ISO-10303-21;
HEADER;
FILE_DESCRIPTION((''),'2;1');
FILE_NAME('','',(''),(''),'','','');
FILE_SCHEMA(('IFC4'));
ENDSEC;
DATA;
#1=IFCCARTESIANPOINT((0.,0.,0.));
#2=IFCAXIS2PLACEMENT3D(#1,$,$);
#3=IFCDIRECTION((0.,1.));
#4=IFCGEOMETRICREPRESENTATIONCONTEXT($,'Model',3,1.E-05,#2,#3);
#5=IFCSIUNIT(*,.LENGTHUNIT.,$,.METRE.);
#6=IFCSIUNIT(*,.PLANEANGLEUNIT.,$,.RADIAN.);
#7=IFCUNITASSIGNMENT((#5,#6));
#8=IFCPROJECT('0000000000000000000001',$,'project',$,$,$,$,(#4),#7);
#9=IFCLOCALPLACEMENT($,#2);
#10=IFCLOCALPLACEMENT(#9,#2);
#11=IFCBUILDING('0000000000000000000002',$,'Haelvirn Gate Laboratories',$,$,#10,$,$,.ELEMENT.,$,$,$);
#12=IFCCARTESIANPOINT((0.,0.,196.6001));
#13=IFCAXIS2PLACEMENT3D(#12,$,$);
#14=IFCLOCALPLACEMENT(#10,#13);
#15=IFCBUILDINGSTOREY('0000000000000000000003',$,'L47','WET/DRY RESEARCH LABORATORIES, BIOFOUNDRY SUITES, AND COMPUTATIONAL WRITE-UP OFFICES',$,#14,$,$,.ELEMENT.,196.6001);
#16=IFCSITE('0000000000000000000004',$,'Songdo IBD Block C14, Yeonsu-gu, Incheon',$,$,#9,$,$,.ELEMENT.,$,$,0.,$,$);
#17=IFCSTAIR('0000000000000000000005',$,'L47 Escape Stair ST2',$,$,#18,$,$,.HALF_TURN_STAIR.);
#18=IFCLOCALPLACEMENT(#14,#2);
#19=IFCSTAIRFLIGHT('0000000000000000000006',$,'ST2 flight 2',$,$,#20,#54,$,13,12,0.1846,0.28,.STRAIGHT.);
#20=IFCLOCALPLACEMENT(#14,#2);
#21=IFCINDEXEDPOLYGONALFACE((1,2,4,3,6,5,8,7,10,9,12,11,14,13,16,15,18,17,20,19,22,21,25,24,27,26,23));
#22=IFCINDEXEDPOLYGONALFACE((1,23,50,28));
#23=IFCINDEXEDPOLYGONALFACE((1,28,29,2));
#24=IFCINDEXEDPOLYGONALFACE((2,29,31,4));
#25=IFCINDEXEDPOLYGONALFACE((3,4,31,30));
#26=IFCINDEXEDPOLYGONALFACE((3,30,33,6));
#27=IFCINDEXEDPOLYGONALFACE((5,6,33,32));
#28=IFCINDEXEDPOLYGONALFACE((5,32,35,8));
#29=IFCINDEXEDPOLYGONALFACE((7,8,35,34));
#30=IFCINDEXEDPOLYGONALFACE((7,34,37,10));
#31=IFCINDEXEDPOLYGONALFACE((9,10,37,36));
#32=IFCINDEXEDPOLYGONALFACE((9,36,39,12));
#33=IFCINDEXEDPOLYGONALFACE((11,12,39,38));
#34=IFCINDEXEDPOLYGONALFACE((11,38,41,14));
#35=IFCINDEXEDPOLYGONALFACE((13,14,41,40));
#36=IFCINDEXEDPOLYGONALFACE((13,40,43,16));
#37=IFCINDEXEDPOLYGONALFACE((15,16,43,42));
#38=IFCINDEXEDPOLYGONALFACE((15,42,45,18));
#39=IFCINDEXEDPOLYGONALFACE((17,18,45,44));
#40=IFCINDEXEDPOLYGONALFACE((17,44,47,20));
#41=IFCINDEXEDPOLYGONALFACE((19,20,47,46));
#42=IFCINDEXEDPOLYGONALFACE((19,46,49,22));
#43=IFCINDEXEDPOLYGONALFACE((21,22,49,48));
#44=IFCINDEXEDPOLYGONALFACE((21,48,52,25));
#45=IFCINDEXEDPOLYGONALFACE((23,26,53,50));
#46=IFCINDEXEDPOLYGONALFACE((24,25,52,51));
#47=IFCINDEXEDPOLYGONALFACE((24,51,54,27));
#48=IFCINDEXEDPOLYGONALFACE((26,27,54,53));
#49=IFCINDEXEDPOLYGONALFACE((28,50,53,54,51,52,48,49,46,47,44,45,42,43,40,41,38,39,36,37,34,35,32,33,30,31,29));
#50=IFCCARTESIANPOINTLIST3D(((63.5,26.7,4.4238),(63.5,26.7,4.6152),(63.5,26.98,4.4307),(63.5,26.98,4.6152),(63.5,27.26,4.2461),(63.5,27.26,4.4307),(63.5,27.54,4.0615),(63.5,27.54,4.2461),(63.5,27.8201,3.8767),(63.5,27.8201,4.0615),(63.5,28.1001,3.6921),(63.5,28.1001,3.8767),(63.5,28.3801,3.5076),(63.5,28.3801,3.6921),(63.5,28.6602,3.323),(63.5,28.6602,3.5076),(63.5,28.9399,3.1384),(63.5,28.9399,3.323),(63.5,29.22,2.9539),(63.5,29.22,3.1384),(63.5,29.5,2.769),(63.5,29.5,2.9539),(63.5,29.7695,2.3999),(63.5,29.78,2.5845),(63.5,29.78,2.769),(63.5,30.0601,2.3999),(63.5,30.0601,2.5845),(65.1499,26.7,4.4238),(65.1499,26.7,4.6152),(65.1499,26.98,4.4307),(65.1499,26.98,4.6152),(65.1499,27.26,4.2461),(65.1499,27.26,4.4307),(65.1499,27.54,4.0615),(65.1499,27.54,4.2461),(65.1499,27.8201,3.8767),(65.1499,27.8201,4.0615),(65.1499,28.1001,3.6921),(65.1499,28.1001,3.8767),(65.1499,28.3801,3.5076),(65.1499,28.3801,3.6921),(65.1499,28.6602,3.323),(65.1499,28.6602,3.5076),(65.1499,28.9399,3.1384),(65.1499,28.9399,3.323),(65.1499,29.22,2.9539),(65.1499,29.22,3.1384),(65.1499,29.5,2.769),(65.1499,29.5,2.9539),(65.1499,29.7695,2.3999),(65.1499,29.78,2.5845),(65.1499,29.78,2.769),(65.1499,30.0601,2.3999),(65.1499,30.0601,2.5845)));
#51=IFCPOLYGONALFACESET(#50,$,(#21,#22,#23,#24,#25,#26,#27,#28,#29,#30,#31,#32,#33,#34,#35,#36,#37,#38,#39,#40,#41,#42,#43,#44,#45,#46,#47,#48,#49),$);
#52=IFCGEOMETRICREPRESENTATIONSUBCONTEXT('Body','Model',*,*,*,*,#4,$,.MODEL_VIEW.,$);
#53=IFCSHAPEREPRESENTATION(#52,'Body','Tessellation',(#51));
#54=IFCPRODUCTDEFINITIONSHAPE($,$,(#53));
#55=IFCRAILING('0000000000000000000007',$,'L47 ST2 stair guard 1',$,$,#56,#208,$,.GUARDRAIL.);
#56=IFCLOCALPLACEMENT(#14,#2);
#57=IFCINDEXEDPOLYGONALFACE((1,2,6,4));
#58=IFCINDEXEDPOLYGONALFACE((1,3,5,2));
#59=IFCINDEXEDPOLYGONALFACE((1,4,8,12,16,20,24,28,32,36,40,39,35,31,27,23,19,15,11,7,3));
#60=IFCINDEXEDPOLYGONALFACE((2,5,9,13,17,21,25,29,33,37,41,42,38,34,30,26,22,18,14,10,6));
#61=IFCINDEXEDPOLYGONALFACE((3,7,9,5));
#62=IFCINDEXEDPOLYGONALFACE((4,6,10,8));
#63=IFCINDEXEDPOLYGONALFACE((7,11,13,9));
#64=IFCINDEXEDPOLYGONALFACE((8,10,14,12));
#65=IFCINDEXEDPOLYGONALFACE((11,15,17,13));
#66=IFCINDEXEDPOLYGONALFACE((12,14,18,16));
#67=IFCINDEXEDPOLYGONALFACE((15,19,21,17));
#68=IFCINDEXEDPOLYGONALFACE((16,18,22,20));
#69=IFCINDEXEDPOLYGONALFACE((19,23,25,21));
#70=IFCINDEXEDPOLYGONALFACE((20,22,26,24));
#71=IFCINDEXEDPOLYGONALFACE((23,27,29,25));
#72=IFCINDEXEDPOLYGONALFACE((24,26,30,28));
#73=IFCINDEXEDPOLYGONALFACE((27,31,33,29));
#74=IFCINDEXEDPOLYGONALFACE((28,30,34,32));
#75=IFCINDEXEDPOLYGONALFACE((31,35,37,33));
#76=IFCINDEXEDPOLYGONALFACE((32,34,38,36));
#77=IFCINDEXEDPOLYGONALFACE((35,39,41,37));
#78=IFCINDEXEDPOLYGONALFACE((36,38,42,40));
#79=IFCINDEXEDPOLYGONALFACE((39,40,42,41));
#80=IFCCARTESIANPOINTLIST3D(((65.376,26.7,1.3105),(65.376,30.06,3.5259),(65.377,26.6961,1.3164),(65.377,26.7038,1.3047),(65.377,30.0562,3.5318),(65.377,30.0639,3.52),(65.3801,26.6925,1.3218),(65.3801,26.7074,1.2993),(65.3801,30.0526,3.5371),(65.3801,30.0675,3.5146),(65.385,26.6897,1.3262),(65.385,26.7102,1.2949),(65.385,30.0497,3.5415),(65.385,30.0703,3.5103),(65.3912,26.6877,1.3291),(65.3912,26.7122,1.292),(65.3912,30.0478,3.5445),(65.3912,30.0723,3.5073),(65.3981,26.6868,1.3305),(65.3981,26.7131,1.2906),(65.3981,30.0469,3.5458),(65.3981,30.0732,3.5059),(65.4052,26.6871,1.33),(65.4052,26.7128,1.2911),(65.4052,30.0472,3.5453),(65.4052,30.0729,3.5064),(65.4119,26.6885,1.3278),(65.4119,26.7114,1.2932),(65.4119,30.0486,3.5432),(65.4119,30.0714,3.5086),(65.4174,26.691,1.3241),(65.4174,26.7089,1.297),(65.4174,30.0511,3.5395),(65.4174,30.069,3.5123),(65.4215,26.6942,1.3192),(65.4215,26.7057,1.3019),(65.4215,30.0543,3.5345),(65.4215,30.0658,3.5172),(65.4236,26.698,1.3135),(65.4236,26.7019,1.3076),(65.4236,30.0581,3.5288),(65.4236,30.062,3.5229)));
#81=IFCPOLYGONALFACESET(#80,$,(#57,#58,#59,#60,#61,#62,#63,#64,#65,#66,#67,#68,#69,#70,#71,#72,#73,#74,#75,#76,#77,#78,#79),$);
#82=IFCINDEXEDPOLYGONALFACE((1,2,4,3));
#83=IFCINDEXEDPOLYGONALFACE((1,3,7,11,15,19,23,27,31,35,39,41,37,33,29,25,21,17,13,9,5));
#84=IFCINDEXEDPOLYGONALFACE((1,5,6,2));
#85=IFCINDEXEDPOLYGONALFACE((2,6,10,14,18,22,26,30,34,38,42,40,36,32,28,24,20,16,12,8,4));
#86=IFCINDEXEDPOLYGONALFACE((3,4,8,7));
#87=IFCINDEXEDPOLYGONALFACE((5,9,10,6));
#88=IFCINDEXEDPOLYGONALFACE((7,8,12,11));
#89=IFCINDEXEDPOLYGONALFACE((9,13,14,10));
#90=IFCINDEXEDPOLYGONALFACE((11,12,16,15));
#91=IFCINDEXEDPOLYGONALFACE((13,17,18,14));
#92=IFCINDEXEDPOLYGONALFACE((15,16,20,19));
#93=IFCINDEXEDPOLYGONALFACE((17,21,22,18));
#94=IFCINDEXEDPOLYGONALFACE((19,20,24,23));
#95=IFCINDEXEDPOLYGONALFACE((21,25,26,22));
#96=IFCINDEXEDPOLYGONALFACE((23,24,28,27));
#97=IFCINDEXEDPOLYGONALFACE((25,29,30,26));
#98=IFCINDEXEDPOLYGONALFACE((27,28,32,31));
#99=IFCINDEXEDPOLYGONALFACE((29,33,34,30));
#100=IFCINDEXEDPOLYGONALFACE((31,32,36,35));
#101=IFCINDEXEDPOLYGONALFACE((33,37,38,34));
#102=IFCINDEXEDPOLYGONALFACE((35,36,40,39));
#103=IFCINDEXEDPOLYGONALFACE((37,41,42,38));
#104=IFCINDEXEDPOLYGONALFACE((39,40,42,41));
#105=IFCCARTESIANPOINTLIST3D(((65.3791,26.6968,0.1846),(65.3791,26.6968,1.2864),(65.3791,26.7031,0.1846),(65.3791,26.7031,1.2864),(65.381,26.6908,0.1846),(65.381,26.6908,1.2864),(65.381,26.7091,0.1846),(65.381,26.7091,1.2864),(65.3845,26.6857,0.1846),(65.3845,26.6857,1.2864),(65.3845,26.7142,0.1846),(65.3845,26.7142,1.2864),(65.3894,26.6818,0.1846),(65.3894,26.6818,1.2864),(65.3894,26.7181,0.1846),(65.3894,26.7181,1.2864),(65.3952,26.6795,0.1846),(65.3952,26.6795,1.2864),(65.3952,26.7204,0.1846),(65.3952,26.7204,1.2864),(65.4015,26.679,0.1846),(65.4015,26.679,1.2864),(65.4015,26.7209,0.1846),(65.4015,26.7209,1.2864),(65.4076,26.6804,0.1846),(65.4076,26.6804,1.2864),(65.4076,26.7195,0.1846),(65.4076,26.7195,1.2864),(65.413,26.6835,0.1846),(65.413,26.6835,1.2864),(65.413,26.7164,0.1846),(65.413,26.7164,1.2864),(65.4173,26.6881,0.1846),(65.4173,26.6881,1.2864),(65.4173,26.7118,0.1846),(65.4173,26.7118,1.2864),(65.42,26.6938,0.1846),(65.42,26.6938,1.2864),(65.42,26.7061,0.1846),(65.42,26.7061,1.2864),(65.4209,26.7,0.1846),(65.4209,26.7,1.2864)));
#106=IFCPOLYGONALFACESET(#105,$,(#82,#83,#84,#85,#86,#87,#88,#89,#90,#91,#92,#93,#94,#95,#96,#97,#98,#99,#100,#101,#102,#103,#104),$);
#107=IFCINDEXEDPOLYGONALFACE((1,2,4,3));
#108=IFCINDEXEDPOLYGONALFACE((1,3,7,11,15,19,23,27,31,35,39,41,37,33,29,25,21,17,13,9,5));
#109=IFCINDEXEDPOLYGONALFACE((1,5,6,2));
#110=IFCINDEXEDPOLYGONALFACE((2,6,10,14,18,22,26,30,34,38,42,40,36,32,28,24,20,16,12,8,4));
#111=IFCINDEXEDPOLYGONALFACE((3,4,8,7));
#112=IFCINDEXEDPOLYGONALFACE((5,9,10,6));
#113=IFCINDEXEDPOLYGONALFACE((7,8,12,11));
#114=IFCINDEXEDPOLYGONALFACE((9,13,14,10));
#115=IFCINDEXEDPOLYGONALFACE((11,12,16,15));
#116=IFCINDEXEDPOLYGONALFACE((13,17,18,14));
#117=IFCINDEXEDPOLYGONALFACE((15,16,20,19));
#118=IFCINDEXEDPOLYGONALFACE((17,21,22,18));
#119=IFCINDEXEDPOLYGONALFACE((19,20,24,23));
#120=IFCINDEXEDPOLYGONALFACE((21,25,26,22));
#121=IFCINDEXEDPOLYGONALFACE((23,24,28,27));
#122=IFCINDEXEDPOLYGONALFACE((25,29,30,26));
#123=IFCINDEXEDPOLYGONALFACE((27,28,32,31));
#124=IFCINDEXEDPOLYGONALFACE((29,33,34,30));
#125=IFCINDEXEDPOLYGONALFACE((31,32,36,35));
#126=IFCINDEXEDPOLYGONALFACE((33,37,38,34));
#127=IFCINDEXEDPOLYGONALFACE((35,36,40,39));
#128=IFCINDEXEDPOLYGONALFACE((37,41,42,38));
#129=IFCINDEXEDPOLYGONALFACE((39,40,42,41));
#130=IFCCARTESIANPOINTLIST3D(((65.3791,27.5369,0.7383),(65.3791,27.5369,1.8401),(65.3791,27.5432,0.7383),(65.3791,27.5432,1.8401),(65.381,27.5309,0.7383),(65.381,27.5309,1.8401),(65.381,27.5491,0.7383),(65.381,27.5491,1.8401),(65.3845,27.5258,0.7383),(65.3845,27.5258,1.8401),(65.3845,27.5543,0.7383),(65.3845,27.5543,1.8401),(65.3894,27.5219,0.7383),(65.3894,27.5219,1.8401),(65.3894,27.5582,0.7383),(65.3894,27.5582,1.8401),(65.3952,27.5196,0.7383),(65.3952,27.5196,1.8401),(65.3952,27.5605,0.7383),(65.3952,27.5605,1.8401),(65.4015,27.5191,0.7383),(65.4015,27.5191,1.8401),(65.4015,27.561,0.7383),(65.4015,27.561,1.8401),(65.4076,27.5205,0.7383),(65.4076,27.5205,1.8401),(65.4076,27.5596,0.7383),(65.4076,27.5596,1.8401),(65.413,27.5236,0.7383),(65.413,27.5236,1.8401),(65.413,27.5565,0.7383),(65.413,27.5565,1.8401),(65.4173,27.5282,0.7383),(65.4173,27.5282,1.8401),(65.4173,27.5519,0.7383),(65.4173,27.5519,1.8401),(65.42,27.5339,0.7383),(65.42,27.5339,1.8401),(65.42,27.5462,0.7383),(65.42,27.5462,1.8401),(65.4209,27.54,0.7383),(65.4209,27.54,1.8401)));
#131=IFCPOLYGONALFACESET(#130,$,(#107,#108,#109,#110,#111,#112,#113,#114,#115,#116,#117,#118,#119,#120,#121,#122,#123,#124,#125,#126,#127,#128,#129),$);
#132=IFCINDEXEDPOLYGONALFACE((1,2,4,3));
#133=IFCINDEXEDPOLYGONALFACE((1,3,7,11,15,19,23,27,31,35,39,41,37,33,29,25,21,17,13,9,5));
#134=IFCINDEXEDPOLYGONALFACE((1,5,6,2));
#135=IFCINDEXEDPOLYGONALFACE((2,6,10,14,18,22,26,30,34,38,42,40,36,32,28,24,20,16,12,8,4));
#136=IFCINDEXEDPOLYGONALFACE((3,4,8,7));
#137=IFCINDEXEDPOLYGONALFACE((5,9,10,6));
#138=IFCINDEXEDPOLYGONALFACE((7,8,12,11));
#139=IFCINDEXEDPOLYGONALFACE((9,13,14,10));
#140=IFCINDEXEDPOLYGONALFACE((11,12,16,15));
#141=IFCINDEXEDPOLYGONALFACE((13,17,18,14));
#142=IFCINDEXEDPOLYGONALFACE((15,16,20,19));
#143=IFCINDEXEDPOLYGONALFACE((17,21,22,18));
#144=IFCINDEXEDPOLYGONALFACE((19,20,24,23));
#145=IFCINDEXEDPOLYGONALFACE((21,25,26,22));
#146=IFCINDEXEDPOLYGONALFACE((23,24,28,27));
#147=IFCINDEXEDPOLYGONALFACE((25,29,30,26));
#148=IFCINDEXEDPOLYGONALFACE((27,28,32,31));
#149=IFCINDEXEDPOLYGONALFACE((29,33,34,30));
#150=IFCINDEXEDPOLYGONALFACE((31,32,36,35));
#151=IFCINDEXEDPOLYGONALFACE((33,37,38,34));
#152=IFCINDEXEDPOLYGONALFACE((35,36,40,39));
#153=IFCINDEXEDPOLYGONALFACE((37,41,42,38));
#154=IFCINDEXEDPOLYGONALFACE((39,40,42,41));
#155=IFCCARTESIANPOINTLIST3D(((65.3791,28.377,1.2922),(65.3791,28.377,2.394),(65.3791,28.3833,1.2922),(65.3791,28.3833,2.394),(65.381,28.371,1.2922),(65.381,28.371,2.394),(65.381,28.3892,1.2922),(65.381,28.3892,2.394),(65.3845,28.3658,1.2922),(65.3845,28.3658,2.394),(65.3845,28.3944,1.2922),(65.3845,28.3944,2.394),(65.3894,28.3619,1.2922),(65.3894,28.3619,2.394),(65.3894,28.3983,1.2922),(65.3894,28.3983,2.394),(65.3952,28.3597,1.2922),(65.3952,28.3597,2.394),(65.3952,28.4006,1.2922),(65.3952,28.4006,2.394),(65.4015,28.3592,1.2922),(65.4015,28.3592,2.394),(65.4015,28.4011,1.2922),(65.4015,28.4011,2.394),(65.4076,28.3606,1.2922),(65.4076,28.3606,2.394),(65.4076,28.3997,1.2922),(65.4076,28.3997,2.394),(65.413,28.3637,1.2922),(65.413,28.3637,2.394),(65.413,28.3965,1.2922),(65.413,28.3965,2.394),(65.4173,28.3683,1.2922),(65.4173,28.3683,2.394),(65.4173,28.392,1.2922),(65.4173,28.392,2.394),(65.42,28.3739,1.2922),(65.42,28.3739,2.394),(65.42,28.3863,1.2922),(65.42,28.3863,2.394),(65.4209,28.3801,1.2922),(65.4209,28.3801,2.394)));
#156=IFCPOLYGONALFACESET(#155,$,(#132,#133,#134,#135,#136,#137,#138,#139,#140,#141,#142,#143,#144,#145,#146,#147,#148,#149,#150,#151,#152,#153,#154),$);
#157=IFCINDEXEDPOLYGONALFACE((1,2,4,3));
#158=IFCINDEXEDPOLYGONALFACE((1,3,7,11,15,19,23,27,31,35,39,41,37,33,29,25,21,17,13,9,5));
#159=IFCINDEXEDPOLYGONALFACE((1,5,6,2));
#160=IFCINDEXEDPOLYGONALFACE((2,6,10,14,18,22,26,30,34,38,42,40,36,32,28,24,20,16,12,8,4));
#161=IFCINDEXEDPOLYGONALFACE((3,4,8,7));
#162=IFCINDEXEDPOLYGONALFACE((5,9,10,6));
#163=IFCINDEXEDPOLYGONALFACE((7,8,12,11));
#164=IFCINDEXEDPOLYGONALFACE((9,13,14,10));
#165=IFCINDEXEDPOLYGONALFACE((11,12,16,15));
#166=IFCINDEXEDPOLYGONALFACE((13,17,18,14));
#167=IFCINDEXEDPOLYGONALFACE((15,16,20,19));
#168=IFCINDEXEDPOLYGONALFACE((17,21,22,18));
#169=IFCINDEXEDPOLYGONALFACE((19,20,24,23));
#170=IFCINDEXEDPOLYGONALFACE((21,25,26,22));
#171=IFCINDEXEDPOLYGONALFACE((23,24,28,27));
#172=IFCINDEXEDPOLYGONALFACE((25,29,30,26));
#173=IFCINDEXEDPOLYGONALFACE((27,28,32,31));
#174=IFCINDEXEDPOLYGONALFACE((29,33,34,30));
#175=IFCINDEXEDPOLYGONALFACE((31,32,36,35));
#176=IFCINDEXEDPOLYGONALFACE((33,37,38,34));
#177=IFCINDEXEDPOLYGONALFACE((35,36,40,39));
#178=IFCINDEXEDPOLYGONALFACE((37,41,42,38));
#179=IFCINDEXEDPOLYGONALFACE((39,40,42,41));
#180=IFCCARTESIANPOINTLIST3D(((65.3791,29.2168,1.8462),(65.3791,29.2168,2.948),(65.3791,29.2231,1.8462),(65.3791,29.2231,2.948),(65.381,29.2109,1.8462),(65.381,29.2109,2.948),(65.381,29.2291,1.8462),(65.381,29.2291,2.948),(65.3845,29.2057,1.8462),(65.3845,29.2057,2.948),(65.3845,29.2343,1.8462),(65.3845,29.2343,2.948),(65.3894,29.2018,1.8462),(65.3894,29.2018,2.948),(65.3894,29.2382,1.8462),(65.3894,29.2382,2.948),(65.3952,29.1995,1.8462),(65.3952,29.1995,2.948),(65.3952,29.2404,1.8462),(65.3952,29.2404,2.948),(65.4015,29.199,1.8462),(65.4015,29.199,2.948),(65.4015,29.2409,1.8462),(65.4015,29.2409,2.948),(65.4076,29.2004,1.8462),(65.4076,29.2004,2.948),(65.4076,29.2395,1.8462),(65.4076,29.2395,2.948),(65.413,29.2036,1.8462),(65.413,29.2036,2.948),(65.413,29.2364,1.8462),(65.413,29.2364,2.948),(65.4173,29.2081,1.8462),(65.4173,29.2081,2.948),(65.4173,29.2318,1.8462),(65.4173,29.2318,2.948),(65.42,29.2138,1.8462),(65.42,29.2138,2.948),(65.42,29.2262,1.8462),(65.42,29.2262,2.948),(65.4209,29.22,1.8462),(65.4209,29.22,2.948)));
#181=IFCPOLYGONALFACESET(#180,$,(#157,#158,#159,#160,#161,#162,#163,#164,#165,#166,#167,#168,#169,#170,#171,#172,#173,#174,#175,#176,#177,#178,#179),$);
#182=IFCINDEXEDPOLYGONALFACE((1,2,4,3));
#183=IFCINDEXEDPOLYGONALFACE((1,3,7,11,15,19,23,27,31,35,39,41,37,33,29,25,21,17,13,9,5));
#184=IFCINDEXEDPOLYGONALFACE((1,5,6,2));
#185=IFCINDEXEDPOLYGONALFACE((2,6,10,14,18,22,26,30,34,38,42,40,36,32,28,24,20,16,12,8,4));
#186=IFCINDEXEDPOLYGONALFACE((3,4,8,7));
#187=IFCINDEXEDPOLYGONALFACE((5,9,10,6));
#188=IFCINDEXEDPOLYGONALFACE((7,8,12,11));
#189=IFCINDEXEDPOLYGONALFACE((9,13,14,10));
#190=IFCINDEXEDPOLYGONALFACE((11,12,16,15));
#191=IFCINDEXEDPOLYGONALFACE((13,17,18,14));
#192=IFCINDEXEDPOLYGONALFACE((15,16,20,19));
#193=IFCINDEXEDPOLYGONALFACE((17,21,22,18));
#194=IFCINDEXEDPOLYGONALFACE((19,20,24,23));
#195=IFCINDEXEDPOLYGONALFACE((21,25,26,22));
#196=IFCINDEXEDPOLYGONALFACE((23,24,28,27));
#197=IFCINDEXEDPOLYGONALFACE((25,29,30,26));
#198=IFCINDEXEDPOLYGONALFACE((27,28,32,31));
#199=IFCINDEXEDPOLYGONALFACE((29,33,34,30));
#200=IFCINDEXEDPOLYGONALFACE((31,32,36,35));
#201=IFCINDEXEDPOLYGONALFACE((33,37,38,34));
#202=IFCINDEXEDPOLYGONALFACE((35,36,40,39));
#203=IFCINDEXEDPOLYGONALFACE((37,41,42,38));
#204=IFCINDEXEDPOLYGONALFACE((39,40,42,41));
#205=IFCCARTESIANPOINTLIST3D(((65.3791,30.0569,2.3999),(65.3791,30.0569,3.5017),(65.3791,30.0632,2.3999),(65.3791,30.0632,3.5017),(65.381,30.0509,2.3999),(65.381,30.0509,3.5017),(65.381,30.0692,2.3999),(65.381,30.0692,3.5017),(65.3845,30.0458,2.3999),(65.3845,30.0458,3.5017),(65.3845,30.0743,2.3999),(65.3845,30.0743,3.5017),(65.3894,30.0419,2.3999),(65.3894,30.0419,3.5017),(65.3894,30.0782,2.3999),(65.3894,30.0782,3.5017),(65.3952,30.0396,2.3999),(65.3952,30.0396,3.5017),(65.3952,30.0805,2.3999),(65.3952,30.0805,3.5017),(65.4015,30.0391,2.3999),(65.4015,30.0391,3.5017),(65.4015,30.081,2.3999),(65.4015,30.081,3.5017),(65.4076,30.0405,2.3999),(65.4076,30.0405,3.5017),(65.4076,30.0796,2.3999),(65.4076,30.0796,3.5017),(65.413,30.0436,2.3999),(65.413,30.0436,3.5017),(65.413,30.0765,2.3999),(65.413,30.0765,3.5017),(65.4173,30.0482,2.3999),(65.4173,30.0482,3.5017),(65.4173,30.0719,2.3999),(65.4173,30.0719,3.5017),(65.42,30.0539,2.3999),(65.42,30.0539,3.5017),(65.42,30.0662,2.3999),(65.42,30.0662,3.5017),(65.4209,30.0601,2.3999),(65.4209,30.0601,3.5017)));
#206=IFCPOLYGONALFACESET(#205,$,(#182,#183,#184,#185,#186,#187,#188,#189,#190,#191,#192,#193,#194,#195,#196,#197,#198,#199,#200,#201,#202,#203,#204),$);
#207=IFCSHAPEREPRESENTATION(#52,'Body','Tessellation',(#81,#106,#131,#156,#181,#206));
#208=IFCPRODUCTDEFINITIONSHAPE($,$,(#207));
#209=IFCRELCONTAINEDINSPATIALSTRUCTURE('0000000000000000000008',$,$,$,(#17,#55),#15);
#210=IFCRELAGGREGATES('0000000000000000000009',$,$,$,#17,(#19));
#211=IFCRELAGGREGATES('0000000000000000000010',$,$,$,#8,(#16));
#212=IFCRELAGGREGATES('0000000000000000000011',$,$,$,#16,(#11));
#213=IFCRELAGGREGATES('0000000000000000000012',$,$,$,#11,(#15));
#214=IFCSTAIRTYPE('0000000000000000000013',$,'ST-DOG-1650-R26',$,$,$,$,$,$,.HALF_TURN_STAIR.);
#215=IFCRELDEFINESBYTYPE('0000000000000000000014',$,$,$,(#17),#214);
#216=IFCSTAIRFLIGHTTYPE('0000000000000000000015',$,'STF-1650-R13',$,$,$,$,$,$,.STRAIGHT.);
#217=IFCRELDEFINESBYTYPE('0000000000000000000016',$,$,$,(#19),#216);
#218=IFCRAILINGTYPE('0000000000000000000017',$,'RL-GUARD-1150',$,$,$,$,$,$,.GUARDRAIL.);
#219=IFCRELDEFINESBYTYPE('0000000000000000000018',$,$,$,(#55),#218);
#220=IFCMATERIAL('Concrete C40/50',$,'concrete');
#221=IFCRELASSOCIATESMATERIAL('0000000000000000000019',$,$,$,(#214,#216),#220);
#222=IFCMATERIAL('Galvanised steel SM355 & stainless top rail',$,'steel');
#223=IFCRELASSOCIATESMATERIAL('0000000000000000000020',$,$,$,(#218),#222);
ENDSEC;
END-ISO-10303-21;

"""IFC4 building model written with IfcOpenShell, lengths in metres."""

from ifc_helpers import new_model, si_unit, direction, frame, origin, origin_2d, place, context, subcontext, project, spatial, polyline, circle, outline, extrude, source, transform, mapped, material, type_object, type_shapes, element, aggregate, save


model = new_model("IFC4")

# Units and contexts
model_context = context("Model", 3, precision=1e-05, world=origin(), true_north=direction((0.0, 1.0)))
body_context = subcontext(model_context, "Body", "Model", "MODEL_VIEW")
ifc_project = project(units=[si_unit("LENGTHUNIT", "METRE"), si_unit("PLANEANGLEUNIT", "RADIAN")], contexts=[model_context])

# Site, building, storey
site_placement = place(None, origin())
site = spatial("IfcSite", under=ifc_project, at=site_placement, Name="Songdo IBD Block C14, Yeonsu-gu, Incheon", CompositionType="ELEMENT", RefElevation=0.0)
building_placement = place(site_placement, origin())
building = spatial("IfcBuilding", under=site, at=building_placement, Name="Haelvirn Gate Laboratories", CompositionType="ELEMENT")
storey_placement = place(building_placement, frame((0.0, 0.0, 196.6001)))
storey = spatial("IfcBuildingStorey", under=building, at=storey_placement, Name="L47", Description="WET/DRY RESEARCH LABORATORIES, BIOFOUNDRY SUITES, AND COMPUTATIONAL WRITE-UP OFFICES", CompositionType="ELEMENT", Elevation=196.6001)

# Shared definitions
ifc_material_1 = material(Name="Concrete C40/50", Category="concrete")

# Stair, stair flight
stair_type = type_object("IfcStairType", Name="ST-DOG-1650-R26", PredefinedType="HALF_TURN_STAIR", material=ifc_material_1)
stair_placement = place(storey_placement, origin())
stair = element("IfcStair", 1, at=stair_placement, inside=storey, type_object=stair_type, Name="L47 Escape Stair ST2", PredefinedType="HALF_TURN_STAIR")
stair_flight_type = type_object("IfcStairFlightType", Name="STF-1650-R13", PredefinedType="STRAIGHT", material=ifc_material_1)
shared_shape_1 = source(origin(), body_context, "Body", "SweptSolid", [
    extrude(outline(polyline([(0.0, 0.0), (0.0, 0.1846), (0.28, 0.1846), (0.28, 0.3691), (0.5601, 0.3691), (0.5601, 0.554), (0.8401, 0.554), (0.8401, 0.7385), (1.1201, 0.7385), (1.1201, 0.9231), (1.3999, 0.9231), (1.3999, 1.1077), (1.6799, 1.1077), (1.6799, 1.2922), (1.96, 1.2922), (1.96, 1.4768), (2.24, 1.4768), (2.24, 1.6616), (2.52, 1.6616), (2.52, 1.8462), (2.8, 1.8462), (2.8, 2.0308), (3.0801, 2.0308), (3.0801, 2.2153), (3.3601, 2.2153), (3.3601, 2.3999), (3.3601, 2.0239), (0.2905, 0.0), (0.0, 0.0)])), frame((0.0, 0.825, 0.0), z_axis=(0.0, -1.0, 0.0), x_axis=(1.0, 0.0, 0.0)), (0.0, 0.0, 1.0), 1.6499),
])
type_shapes(stair_flight_type, [shared_shape_1])
stair_flight_1_placement = place(storey_placement, frame((64.325, 30.0601, 2.3999), z_axis=(0.0, 0.0, 1.0), x_axis=(0.0, -1.0, 0.0)))
stair_flight_1 = element("IfcStairFlight", 2, at=stair_flight_1_placement, type_object=stair_flight_type, Name="ST2 flight 2", NumberOfRisers=13, NumberOfTreads=12, PredefinedType="STRAIGHT", RiserHeight=0.1846, TreadLength=0.28, context=body_context, shape_type="MappedRepresentation", body=[
    mapped(shared_shape_1, transform((0.0, 0.0, 0.0), scale=1.0)),
])
aggregate(stair, [stair_flight_1])

# Railing
ifc_material_2 = material(Name="Galvanised steel SM355 & stainless top rail", Category="steel")
railing_type_1 = type_object("IfcRailingType", Name="RL-GUARD-1150", PredefinedType="GUARDRAIL", material=ifc_material_2)
shared_shape_2 = source(origin(), body_context, "Body", "SweptSolid", [
    extrude(circle(Radius=0.0239, at=origin_2d()), frame((0.0, 0.0, 1.126), z_axis=(0.0, 0.834876, 0.550437), x_axis=(-1.0, 0.0, 0.0)), (0.0, 0.0, 1.0), 4.0247),
    extrude(circle(Radius=0.021, at=origin_2d()), origin(), (0.0, 0.0, 1.0), 1.1018),
    extrude(circle(Radius=0.021, at=origin_2d()), frame((0.0, 0.8401, 0.5537)), (0.0, 0.0, 1.0), 1.1018),
    extrude(circle(Radius=0.021, at=origin_2d()), frame((0.0, 1.6802, 1.1077)), (0.0, 0.0, 1.0), 1.1018),
    extrude(circle(Radius=0.021, at=origin_2d()), frame((0.0, 2.52, 1.6616)), (0.0, 0.0, 1.0), 1.1018),
    extrude(circle(Radius=0.021, at=origin_2d()), frame((0.0, 3.3601, 2.2153)), (0.0, 0.0, 1.0), 1.1018),
])
railing_1_placement = place(storey_placement, frame((65.3999, 26.7, 0.1846)))
element("IfcRailing", 3, at=railing_1_placement, inside=storey, type_object=railing_type_1, Name="L47 ST2 stair guard 1", PredefinedType="GUARDRAIL", context=body_context, shape_type="MappedRepresentation", body=[
    mapped(shared_shape_2, transform((0.0, 0.0, 0.0), scale=1.0)),
])

save(model, "model.ifc")
